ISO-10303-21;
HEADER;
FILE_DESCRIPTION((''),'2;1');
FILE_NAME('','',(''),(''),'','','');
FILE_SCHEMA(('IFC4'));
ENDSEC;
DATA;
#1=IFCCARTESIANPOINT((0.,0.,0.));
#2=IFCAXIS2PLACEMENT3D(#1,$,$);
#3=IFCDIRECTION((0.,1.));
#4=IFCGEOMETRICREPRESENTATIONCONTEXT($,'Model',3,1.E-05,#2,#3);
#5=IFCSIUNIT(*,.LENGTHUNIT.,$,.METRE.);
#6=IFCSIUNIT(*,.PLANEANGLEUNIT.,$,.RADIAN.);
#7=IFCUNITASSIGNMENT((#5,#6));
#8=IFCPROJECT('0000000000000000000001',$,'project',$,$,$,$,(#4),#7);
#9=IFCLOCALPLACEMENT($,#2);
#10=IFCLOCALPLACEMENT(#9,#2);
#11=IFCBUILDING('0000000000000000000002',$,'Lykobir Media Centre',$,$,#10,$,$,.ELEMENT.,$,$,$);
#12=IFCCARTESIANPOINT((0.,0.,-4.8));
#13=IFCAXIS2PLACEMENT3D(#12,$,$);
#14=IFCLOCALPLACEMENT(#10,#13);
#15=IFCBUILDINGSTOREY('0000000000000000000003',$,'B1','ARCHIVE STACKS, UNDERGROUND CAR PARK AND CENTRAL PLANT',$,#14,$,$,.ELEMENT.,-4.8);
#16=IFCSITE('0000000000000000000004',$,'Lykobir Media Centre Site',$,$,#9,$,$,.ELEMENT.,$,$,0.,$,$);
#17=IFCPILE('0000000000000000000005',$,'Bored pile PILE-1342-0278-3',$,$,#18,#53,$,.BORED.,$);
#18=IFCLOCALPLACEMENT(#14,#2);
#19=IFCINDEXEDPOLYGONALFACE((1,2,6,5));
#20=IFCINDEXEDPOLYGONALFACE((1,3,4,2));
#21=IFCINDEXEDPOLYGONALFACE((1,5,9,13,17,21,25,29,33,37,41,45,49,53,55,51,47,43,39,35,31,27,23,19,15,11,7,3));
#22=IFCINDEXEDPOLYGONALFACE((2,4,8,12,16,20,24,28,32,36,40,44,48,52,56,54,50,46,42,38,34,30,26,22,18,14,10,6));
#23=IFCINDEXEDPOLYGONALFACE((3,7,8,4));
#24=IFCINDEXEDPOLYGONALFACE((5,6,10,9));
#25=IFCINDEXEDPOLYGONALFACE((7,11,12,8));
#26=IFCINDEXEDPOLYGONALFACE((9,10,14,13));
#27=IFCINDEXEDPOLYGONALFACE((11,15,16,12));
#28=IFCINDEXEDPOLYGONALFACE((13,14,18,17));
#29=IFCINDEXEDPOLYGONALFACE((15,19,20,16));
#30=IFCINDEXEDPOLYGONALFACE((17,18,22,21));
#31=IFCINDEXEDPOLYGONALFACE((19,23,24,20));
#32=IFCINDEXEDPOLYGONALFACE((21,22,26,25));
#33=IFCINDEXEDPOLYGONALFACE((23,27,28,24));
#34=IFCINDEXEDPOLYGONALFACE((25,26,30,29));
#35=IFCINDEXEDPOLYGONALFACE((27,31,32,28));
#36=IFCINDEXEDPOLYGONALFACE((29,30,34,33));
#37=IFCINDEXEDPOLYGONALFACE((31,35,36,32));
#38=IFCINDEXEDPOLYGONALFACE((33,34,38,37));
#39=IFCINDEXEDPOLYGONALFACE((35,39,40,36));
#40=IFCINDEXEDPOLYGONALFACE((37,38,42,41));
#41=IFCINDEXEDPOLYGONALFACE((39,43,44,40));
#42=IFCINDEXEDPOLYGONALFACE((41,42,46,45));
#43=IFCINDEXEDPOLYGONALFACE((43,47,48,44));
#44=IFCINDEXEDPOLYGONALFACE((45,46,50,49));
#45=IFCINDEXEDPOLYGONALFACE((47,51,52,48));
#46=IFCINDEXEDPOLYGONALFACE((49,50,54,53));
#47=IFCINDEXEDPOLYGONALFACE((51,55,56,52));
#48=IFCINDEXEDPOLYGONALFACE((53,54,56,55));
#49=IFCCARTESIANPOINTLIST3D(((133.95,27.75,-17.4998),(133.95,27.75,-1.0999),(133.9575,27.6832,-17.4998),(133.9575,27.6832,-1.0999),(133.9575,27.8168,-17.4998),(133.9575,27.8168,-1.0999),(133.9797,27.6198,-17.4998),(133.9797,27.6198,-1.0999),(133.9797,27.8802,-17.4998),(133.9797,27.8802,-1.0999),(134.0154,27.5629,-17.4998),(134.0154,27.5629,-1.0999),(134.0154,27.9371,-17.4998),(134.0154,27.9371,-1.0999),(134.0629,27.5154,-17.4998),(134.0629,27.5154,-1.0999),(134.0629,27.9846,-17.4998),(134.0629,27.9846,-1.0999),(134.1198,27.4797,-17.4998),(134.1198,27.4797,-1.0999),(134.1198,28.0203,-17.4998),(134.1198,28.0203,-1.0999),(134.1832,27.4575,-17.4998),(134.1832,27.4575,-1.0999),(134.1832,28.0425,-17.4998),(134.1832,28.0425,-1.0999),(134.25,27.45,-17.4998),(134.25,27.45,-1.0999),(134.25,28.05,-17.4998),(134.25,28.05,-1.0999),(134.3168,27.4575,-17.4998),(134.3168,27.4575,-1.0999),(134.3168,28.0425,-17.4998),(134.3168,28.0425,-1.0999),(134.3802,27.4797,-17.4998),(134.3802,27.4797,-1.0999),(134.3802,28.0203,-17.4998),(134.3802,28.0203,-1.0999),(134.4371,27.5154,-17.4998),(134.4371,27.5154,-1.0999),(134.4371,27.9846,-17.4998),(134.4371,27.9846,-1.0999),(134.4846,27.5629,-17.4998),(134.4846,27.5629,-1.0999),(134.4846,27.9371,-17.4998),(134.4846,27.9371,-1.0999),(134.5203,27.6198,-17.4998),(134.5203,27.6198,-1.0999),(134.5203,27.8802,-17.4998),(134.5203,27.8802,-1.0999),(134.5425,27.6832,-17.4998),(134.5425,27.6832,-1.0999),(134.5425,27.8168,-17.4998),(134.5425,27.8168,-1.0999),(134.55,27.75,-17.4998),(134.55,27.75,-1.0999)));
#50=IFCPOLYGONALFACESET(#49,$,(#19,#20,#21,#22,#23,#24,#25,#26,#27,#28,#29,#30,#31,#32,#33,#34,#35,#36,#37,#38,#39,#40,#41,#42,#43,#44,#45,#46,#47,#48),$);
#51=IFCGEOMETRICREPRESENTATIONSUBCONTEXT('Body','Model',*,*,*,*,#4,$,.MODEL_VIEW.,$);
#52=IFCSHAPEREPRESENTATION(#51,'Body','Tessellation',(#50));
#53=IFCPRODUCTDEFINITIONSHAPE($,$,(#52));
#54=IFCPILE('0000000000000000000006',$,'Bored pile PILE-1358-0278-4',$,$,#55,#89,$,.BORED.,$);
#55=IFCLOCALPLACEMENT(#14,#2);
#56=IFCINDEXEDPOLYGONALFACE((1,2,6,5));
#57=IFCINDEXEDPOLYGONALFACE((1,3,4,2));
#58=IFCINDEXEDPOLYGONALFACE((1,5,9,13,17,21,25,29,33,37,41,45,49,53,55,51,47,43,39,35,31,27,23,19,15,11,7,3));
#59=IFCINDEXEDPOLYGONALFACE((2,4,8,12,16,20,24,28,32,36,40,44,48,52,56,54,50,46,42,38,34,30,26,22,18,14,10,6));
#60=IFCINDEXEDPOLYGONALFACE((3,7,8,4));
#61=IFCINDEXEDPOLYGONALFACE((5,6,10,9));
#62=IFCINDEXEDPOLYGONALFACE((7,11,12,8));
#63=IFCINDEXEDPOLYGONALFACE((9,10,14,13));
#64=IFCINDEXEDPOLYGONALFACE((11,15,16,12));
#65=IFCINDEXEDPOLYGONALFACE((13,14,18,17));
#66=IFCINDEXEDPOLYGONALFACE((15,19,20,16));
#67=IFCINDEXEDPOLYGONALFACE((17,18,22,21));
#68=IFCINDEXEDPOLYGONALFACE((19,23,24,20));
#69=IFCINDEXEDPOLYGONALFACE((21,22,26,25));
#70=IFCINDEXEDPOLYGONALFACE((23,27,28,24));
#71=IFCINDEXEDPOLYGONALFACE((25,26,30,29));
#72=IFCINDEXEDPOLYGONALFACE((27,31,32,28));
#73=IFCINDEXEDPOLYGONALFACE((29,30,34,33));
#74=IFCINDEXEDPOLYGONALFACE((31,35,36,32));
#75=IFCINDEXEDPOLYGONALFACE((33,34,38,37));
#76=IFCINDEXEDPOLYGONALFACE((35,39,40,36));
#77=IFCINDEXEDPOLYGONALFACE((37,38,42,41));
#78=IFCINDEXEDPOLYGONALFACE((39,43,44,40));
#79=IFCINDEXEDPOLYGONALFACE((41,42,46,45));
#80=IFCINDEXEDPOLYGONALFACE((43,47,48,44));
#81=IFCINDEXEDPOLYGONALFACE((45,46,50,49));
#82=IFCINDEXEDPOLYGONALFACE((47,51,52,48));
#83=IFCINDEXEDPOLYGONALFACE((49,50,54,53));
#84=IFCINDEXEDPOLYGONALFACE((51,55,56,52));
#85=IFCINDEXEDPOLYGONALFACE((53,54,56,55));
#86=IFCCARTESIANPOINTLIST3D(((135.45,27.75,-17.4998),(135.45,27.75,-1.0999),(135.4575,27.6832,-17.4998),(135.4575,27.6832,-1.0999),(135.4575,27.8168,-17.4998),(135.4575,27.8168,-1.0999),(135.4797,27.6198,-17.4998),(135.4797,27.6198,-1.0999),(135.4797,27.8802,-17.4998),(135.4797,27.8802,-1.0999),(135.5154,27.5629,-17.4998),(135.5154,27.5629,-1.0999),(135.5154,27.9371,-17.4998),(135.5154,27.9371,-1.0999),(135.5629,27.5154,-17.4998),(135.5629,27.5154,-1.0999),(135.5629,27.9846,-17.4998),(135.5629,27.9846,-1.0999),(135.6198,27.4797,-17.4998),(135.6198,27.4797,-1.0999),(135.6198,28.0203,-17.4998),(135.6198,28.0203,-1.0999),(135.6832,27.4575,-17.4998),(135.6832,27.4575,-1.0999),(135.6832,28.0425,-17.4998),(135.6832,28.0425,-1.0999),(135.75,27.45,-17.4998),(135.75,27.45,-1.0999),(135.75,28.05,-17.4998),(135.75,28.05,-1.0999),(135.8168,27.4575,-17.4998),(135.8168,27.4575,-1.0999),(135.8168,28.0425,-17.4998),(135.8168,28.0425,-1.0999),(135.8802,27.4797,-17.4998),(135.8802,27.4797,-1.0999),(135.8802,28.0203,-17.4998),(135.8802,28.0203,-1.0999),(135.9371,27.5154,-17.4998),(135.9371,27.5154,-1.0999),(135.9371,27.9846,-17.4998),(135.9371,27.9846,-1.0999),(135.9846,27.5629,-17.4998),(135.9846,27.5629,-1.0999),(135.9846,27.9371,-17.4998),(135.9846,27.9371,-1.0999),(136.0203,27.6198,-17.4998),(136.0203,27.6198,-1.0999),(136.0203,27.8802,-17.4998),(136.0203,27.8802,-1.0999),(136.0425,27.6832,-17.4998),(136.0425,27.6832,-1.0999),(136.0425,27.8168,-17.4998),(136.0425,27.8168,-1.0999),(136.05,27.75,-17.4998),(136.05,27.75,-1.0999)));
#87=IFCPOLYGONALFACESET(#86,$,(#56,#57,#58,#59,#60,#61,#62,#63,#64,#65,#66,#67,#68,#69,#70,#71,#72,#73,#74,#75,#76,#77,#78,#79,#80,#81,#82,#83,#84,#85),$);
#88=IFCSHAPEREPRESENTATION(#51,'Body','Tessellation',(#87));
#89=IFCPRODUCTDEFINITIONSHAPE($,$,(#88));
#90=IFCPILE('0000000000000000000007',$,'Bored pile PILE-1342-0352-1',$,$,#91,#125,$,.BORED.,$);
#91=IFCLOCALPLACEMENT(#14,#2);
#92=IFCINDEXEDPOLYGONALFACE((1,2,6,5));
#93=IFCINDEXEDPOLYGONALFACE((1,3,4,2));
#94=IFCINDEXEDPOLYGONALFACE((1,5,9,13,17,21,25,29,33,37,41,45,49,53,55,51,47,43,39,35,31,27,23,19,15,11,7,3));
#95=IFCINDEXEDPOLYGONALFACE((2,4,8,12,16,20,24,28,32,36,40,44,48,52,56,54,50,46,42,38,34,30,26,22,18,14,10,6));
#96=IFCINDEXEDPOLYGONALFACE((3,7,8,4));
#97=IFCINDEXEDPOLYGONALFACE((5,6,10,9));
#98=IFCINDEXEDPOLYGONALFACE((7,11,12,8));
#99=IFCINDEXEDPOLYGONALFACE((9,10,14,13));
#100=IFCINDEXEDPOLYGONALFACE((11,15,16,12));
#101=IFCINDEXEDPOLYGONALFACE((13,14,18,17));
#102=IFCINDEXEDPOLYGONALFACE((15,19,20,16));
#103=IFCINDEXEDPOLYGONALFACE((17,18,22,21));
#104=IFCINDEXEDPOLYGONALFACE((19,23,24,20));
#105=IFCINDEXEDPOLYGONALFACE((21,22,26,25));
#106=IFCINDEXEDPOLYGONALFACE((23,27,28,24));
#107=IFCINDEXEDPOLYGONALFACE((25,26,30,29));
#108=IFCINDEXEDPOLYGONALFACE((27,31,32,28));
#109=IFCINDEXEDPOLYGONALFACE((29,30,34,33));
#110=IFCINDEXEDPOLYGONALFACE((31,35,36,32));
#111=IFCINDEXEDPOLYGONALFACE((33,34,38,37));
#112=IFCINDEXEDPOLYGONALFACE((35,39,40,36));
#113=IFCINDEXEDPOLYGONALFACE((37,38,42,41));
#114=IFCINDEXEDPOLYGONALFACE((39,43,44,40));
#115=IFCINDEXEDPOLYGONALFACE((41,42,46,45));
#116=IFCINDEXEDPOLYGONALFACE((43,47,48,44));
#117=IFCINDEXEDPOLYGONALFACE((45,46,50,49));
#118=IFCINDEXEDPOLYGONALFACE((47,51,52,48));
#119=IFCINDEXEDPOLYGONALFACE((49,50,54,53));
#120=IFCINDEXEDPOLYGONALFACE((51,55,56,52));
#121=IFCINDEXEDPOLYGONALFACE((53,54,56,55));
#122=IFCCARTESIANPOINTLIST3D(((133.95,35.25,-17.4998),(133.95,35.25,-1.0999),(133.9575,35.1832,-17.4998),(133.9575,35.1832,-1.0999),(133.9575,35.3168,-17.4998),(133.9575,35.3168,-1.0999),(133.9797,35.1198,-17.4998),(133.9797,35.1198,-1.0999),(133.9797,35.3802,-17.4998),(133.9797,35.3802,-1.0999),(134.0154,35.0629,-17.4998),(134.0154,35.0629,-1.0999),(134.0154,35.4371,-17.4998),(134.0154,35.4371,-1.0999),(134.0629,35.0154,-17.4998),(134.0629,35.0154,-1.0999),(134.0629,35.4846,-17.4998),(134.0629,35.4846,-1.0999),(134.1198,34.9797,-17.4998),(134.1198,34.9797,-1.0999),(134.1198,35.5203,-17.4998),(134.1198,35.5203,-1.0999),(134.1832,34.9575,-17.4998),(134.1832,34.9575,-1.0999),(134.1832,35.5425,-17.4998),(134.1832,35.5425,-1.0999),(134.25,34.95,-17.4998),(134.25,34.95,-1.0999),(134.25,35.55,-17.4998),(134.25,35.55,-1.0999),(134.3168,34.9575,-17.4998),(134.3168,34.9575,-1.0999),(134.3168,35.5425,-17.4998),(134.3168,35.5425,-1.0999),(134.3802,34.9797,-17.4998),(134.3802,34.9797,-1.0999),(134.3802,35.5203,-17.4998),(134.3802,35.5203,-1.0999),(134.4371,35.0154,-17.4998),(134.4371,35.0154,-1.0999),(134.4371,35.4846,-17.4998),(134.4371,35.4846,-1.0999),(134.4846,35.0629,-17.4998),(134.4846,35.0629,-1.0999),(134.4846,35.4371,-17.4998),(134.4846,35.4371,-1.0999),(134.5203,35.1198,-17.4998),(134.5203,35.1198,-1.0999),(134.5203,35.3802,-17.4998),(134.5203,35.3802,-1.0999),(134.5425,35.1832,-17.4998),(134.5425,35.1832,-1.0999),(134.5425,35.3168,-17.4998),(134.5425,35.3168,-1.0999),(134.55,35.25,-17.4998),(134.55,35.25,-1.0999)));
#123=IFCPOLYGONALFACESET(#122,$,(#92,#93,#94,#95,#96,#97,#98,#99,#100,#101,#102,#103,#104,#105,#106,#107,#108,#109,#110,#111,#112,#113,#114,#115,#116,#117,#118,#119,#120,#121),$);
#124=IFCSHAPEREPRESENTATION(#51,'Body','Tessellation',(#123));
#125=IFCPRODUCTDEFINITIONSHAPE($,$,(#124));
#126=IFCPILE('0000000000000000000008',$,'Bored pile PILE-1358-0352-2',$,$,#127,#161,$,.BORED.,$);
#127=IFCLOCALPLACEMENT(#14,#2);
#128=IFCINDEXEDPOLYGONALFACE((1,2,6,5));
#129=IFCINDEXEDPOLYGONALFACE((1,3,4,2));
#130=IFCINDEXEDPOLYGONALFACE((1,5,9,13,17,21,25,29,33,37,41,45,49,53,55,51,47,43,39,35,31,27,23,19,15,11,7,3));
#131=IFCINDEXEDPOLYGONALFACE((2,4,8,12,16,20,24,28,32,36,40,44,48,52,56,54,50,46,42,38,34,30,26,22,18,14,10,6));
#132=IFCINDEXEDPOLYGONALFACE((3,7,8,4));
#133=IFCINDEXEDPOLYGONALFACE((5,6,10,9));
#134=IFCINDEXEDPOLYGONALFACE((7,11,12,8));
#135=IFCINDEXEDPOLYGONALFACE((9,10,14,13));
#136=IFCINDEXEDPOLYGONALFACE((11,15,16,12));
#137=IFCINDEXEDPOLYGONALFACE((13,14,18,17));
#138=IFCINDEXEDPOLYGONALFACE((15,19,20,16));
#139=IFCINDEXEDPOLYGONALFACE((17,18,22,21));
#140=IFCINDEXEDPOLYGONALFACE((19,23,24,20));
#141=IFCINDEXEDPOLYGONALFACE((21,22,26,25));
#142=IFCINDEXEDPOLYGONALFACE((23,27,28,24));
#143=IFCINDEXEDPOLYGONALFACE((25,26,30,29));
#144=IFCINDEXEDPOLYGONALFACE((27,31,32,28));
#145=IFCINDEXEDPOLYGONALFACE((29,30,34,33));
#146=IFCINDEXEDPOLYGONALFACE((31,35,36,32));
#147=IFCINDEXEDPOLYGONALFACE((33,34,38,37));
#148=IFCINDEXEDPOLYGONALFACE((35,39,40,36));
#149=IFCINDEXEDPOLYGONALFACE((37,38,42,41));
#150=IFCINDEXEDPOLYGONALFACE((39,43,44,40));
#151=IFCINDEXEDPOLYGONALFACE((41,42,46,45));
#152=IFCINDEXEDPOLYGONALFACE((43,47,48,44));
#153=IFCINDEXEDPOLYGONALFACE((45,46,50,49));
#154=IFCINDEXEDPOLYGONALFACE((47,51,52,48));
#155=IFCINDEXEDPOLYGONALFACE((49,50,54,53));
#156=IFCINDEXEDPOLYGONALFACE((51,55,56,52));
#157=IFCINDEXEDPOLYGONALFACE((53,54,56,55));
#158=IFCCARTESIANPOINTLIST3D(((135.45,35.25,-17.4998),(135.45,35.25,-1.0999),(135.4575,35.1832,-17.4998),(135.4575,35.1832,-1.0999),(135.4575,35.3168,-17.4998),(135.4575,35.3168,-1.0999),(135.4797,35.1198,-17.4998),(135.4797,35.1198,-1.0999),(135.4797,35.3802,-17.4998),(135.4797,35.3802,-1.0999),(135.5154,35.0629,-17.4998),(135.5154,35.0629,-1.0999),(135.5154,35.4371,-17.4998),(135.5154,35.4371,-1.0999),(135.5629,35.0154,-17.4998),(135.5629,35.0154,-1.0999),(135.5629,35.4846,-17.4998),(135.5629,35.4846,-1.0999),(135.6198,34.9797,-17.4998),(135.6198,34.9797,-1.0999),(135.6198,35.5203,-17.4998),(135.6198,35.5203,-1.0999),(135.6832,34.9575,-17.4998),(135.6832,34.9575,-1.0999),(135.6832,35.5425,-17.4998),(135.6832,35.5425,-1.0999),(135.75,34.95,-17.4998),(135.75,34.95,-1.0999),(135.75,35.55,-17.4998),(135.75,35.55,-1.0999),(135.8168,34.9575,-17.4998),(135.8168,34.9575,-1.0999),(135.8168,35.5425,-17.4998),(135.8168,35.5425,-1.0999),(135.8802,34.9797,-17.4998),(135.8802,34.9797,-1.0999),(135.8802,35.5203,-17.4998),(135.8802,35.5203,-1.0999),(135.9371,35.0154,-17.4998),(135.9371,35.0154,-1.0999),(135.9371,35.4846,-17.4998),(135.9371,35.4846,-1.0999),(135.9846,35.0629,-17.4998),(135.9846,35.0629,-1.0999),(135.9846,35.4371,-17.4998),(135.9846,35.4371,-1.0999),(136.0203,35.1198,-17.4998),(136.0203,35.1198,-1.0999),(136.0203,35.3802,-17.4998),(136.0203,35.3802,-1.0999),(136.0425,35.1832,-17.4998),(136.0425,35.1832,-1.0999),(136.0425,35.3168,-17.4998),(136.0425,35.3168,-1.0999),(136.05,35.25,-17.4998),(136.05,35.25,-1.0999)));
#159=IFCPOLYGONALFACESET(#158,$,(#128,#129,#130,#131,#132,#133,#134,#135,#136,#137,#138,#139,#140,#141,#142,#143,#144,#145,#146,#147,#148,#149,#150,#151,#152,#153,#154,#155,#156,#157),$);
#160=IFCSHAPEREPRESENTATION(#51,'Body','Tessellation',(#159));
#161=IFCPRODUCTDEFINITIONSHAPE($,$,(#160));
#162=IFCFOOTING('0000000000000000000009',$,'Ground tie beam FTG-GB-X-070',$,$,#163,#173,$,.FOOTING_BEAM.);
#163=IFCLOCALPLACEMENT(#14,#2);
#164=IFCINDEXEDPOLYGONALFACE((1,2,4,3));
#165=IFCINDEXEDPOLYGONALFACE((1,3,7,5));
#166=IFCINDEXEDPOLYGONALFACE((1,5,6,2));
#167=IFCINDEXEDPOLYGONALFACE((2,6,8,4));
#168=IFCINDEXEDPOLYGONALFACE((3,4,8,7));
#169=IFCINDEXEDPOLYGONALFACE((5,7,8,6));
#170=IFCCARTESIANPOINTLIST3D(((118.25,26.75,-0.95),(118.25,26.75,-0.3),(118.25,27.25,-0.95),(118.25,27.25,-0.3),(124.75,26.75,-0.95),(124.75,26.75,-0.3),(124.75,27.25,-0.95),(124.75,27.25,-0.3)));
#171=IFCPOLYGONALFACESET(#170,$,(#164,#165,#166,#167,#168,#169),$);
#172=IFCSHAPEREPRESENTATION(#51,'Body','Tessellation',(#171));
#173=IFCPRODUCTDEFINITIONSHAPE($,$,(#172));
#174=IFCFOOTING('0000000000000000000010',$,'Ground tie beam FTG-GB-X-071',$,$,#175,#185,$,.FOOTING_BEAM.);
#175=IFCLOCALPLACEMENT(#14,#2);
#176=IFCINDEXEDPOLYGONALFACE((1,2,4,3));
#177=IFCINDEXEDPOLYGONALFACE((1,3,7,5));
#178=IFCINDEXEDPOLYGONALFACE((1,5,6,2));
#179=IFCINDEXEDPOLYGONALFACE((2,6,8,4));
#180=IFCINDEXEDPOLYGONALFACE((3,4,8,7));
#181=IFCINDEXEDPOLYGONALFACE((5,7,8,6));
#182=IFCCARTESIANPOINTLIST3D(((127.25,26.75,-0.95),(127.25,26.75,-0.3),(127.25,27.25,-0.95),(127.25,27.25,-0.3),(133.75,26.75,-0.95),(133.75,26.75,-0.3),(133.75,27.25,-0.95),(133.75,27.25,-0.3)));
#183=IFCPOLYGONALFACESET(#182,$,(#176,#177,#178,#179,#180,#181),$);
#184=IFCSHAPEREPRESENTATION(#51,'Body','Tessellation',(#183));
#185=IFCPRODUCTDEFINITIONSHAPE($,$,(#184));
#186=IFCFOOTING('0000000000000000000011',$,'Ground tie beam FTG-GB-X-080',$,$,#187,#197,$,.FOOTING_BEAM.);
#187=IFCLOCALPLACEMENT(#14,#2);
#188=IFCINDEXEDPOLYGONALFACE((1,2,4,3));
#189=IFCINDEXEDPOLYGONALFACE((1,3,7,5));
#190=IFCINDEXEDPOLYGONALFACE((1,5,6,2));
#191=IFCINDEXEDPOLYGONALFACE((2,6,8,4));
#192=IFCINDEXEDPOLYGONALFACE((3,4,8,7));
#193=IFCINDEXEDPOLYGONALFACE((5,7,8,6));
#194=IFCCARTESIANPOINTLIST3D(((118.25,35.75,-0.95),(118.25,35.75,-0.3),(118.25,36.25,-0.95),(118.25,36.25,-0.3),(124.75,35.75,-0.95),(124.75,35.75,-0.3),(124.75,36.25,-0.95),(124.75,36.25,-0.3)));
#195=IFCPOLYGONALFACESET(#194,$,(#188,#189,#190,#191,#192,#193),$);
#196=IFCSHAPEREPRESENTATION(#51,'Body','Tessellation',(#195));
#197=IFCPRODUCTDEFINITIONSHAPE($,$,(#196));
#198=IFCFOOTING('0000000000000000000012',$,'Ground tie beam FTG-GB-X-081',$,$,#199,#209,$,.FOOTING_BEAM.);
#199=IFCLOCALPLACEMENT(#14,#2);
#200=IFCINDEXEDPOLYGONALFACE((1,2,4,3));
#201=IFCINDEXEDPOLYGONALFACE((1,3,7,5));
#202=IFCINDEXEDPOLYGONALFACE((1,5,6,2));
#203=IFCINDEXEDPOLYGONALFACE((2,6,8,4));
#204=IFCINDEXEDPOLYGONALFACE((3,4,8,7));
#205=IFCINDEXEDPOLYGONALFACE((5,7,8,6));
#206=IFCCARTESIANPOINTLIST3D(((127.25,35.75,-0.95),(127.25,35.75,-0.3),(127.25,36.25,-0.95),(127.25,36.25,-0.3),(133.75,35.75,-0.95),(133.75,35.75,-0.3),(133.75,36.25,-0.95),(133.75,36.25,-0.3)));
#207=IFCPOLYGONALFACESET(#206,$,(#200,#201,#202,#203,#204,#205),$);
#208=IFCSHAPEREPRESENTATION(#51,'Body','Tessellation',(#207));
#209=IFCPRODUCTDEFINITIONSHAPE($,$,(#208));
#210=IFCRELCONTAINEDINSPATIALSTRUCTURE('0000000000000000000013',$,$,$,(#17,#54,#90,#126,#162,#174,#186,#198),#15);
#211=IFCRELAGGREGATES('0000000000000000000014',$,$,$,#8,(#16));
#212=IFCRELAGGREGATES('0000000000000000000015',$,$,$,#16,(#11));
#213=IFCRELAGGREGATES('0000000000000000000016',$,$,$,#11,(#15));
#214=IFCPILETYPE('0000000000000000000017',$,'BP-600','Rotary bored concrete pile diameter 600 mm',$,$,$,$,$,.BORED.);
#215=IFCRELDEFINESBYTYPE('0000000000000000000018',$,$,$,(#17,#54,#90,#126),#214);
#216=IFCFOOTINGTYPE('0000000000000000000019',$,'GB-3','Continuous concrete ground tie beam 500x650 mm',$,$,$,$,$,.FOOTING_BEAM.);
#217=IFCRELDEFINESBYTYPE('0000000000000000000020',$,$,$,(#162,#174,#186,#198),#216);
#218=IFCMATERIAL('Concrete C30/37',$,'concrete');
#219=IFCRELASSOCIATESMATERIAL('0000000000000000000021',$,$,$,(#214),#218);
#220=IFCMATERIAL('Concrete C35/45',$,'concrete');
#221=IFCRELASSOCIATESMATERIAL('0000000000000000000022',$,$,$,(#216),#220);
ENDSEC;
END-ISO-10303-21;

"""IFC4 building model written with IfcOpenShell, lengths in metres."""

from ifc_helpers import new_model, si_unit, direction, frame, origin, origin_2d, place, context, subcontext, project, spatial, rectangle, circle, extrude, material, material_profile, profile_set, type_object, element, save


model = new_model("IFC4")

# Units and contexts
model_context = context("Model", 3, precision=1e-05, world=origin(), true_north=direction((0.0, 1.0)))
body_context = subcontext(model_context, "Body", "Model", "MODEL_VIEW")
ifc_project = project(units=[si_unit("LENGTHUNIT", "METRE"), si_unit("PLANEANGLEUNIT", "RADIAN")], contexts=[model_context])

# Site, building, storey
site_placement = place(None, origin())
site = spatial("IfcSite", under=ifc_project, at=site_placement, Name="Lykobir Media Centre Site", CompositionType="ELEMENT", RefElevation=0.0)
building_placement = place(site_placement, origin())
building = spatial("IfcBuilding", under=site, at=building_placement, Name="Lykobir Media Centre", CompositionType="ELEMENT")
storey_placement = place(building_placement, frame((0.0, 0.0, -4.8)))
storey = spatial("IfcBuildingStorey", under=building, at=storey_placement, Name="B1", Description="ARCHIVE STACKS, UNDERGROUND CAR PARK AND CENTRAL PLANT", CompositionType="ELEMENT", Elevation=-4.8)

# Piles
ifc_material_1 = material(Name="Concrete C30/37", Category="concrete")
ifc_material_profile_1 = material_profile(ifc_material_1, circle(Radius=0.3, at=origin_2d()), Name="BORED PILE D600")
ifc_profile_set_1 = profile_set([ifc_material_profile_1], Name="Concrete C30/37")
pile_type = type_object("IfcPileType", Name="BP-600", Description="Rotary bored concrete pile diameter 600 mm", PredefinedType="BORED", material=ifc_profile_set_1)
for number, where, z_axis, x_axis, name in (
    (1, (134.25, 27.75, -1.0999), (0.0, 0.0, -1.0), (1.0, 0.0, 0.0), "Bored pile PILE-1342-0278-3"),
    (2, (135.75, 27.75, -1.0999), (0.0, 0.0, -1.0), (1.0, 0.0, 0.0), "Bored pile PILE-1358-0278-4"),
    (3, (134.25, 35.25, -1.0999), (0.0, 0.0, -1.0), (1.0, 0.0, 0.0), "Bored pile PILE-1342-0352-1"),
    (4, (135.75, 35.25, -1.0999), (0.0, 0.0, -1.0), (1.0, 0.0, 0.0), "Bored pile PILE-1358-0352-2"),
):
    element("IfcPile", number, at=place(storey_placement, frame(where, z_axis=z_axis, x_axis=x_axis)), inside=storey, type_object=pile_type, Name=name, PredefinedType="BORED", context=body_context, shape_type="SweptSolid", body=[
        extrude(circle(Radius=0.3, at=origin_2d()), origin(), (0.0, 0.0, 1.0), 16.3999),
    ])

# Footings
ifc_material_2 = material(Name="Concrete C35/45", Category="concrete")
footing_type_1 = type_object("IfcFootingType", Name="GB-3", Description="Continuous concrete ground tie beam 500x650 mm", PredefinedType="FOOTING_BEAM", material=ifc_material_2)
for number, where, z_axis, x_axis, name in (
    (5, (121.5, 27.0, -0.95), (0.0, 0.0, 1.0), (1.0, 0.0, 0.0), "Ground tie beam FTG-GB-X-070"),
    (6, (130.5, 27.0, -0.95), (0.0, 0.0, 1.0), (1.0, 0.0, 0.0), "Ground tie beam FTG-GB-X-071"),
    (7, (121.5, 36.0, -0.95), (0.0, 0.0, 1.0), (1.0, 0.0, 0.0), "Ground tie beam FTG-GB-X-080"),
    (8, (130.5, 36.0, -0.95), (0.0, 0.0, 1.0), (1.0, 0.0, 0.0), "Ground tie beam FTG-GB-X-081"),
):
    element("IfcFooting", number, at=place(storey_placement, frame(where, z_axis=z_axis, x_axis=x_axis)), inside=storey, type_object=footing_type_1, Name=name, PredefinedType="FOOTING_BEAM", context=body_context, shape_type="SweptSolid", body=[
        extrude(rectangle(XDim=6.5, YDim=0.5, at=origin_2d()), origin(), (0.0, 0.0, 1.0), 0.6499),
    ])

save(model, "model.ifc")
